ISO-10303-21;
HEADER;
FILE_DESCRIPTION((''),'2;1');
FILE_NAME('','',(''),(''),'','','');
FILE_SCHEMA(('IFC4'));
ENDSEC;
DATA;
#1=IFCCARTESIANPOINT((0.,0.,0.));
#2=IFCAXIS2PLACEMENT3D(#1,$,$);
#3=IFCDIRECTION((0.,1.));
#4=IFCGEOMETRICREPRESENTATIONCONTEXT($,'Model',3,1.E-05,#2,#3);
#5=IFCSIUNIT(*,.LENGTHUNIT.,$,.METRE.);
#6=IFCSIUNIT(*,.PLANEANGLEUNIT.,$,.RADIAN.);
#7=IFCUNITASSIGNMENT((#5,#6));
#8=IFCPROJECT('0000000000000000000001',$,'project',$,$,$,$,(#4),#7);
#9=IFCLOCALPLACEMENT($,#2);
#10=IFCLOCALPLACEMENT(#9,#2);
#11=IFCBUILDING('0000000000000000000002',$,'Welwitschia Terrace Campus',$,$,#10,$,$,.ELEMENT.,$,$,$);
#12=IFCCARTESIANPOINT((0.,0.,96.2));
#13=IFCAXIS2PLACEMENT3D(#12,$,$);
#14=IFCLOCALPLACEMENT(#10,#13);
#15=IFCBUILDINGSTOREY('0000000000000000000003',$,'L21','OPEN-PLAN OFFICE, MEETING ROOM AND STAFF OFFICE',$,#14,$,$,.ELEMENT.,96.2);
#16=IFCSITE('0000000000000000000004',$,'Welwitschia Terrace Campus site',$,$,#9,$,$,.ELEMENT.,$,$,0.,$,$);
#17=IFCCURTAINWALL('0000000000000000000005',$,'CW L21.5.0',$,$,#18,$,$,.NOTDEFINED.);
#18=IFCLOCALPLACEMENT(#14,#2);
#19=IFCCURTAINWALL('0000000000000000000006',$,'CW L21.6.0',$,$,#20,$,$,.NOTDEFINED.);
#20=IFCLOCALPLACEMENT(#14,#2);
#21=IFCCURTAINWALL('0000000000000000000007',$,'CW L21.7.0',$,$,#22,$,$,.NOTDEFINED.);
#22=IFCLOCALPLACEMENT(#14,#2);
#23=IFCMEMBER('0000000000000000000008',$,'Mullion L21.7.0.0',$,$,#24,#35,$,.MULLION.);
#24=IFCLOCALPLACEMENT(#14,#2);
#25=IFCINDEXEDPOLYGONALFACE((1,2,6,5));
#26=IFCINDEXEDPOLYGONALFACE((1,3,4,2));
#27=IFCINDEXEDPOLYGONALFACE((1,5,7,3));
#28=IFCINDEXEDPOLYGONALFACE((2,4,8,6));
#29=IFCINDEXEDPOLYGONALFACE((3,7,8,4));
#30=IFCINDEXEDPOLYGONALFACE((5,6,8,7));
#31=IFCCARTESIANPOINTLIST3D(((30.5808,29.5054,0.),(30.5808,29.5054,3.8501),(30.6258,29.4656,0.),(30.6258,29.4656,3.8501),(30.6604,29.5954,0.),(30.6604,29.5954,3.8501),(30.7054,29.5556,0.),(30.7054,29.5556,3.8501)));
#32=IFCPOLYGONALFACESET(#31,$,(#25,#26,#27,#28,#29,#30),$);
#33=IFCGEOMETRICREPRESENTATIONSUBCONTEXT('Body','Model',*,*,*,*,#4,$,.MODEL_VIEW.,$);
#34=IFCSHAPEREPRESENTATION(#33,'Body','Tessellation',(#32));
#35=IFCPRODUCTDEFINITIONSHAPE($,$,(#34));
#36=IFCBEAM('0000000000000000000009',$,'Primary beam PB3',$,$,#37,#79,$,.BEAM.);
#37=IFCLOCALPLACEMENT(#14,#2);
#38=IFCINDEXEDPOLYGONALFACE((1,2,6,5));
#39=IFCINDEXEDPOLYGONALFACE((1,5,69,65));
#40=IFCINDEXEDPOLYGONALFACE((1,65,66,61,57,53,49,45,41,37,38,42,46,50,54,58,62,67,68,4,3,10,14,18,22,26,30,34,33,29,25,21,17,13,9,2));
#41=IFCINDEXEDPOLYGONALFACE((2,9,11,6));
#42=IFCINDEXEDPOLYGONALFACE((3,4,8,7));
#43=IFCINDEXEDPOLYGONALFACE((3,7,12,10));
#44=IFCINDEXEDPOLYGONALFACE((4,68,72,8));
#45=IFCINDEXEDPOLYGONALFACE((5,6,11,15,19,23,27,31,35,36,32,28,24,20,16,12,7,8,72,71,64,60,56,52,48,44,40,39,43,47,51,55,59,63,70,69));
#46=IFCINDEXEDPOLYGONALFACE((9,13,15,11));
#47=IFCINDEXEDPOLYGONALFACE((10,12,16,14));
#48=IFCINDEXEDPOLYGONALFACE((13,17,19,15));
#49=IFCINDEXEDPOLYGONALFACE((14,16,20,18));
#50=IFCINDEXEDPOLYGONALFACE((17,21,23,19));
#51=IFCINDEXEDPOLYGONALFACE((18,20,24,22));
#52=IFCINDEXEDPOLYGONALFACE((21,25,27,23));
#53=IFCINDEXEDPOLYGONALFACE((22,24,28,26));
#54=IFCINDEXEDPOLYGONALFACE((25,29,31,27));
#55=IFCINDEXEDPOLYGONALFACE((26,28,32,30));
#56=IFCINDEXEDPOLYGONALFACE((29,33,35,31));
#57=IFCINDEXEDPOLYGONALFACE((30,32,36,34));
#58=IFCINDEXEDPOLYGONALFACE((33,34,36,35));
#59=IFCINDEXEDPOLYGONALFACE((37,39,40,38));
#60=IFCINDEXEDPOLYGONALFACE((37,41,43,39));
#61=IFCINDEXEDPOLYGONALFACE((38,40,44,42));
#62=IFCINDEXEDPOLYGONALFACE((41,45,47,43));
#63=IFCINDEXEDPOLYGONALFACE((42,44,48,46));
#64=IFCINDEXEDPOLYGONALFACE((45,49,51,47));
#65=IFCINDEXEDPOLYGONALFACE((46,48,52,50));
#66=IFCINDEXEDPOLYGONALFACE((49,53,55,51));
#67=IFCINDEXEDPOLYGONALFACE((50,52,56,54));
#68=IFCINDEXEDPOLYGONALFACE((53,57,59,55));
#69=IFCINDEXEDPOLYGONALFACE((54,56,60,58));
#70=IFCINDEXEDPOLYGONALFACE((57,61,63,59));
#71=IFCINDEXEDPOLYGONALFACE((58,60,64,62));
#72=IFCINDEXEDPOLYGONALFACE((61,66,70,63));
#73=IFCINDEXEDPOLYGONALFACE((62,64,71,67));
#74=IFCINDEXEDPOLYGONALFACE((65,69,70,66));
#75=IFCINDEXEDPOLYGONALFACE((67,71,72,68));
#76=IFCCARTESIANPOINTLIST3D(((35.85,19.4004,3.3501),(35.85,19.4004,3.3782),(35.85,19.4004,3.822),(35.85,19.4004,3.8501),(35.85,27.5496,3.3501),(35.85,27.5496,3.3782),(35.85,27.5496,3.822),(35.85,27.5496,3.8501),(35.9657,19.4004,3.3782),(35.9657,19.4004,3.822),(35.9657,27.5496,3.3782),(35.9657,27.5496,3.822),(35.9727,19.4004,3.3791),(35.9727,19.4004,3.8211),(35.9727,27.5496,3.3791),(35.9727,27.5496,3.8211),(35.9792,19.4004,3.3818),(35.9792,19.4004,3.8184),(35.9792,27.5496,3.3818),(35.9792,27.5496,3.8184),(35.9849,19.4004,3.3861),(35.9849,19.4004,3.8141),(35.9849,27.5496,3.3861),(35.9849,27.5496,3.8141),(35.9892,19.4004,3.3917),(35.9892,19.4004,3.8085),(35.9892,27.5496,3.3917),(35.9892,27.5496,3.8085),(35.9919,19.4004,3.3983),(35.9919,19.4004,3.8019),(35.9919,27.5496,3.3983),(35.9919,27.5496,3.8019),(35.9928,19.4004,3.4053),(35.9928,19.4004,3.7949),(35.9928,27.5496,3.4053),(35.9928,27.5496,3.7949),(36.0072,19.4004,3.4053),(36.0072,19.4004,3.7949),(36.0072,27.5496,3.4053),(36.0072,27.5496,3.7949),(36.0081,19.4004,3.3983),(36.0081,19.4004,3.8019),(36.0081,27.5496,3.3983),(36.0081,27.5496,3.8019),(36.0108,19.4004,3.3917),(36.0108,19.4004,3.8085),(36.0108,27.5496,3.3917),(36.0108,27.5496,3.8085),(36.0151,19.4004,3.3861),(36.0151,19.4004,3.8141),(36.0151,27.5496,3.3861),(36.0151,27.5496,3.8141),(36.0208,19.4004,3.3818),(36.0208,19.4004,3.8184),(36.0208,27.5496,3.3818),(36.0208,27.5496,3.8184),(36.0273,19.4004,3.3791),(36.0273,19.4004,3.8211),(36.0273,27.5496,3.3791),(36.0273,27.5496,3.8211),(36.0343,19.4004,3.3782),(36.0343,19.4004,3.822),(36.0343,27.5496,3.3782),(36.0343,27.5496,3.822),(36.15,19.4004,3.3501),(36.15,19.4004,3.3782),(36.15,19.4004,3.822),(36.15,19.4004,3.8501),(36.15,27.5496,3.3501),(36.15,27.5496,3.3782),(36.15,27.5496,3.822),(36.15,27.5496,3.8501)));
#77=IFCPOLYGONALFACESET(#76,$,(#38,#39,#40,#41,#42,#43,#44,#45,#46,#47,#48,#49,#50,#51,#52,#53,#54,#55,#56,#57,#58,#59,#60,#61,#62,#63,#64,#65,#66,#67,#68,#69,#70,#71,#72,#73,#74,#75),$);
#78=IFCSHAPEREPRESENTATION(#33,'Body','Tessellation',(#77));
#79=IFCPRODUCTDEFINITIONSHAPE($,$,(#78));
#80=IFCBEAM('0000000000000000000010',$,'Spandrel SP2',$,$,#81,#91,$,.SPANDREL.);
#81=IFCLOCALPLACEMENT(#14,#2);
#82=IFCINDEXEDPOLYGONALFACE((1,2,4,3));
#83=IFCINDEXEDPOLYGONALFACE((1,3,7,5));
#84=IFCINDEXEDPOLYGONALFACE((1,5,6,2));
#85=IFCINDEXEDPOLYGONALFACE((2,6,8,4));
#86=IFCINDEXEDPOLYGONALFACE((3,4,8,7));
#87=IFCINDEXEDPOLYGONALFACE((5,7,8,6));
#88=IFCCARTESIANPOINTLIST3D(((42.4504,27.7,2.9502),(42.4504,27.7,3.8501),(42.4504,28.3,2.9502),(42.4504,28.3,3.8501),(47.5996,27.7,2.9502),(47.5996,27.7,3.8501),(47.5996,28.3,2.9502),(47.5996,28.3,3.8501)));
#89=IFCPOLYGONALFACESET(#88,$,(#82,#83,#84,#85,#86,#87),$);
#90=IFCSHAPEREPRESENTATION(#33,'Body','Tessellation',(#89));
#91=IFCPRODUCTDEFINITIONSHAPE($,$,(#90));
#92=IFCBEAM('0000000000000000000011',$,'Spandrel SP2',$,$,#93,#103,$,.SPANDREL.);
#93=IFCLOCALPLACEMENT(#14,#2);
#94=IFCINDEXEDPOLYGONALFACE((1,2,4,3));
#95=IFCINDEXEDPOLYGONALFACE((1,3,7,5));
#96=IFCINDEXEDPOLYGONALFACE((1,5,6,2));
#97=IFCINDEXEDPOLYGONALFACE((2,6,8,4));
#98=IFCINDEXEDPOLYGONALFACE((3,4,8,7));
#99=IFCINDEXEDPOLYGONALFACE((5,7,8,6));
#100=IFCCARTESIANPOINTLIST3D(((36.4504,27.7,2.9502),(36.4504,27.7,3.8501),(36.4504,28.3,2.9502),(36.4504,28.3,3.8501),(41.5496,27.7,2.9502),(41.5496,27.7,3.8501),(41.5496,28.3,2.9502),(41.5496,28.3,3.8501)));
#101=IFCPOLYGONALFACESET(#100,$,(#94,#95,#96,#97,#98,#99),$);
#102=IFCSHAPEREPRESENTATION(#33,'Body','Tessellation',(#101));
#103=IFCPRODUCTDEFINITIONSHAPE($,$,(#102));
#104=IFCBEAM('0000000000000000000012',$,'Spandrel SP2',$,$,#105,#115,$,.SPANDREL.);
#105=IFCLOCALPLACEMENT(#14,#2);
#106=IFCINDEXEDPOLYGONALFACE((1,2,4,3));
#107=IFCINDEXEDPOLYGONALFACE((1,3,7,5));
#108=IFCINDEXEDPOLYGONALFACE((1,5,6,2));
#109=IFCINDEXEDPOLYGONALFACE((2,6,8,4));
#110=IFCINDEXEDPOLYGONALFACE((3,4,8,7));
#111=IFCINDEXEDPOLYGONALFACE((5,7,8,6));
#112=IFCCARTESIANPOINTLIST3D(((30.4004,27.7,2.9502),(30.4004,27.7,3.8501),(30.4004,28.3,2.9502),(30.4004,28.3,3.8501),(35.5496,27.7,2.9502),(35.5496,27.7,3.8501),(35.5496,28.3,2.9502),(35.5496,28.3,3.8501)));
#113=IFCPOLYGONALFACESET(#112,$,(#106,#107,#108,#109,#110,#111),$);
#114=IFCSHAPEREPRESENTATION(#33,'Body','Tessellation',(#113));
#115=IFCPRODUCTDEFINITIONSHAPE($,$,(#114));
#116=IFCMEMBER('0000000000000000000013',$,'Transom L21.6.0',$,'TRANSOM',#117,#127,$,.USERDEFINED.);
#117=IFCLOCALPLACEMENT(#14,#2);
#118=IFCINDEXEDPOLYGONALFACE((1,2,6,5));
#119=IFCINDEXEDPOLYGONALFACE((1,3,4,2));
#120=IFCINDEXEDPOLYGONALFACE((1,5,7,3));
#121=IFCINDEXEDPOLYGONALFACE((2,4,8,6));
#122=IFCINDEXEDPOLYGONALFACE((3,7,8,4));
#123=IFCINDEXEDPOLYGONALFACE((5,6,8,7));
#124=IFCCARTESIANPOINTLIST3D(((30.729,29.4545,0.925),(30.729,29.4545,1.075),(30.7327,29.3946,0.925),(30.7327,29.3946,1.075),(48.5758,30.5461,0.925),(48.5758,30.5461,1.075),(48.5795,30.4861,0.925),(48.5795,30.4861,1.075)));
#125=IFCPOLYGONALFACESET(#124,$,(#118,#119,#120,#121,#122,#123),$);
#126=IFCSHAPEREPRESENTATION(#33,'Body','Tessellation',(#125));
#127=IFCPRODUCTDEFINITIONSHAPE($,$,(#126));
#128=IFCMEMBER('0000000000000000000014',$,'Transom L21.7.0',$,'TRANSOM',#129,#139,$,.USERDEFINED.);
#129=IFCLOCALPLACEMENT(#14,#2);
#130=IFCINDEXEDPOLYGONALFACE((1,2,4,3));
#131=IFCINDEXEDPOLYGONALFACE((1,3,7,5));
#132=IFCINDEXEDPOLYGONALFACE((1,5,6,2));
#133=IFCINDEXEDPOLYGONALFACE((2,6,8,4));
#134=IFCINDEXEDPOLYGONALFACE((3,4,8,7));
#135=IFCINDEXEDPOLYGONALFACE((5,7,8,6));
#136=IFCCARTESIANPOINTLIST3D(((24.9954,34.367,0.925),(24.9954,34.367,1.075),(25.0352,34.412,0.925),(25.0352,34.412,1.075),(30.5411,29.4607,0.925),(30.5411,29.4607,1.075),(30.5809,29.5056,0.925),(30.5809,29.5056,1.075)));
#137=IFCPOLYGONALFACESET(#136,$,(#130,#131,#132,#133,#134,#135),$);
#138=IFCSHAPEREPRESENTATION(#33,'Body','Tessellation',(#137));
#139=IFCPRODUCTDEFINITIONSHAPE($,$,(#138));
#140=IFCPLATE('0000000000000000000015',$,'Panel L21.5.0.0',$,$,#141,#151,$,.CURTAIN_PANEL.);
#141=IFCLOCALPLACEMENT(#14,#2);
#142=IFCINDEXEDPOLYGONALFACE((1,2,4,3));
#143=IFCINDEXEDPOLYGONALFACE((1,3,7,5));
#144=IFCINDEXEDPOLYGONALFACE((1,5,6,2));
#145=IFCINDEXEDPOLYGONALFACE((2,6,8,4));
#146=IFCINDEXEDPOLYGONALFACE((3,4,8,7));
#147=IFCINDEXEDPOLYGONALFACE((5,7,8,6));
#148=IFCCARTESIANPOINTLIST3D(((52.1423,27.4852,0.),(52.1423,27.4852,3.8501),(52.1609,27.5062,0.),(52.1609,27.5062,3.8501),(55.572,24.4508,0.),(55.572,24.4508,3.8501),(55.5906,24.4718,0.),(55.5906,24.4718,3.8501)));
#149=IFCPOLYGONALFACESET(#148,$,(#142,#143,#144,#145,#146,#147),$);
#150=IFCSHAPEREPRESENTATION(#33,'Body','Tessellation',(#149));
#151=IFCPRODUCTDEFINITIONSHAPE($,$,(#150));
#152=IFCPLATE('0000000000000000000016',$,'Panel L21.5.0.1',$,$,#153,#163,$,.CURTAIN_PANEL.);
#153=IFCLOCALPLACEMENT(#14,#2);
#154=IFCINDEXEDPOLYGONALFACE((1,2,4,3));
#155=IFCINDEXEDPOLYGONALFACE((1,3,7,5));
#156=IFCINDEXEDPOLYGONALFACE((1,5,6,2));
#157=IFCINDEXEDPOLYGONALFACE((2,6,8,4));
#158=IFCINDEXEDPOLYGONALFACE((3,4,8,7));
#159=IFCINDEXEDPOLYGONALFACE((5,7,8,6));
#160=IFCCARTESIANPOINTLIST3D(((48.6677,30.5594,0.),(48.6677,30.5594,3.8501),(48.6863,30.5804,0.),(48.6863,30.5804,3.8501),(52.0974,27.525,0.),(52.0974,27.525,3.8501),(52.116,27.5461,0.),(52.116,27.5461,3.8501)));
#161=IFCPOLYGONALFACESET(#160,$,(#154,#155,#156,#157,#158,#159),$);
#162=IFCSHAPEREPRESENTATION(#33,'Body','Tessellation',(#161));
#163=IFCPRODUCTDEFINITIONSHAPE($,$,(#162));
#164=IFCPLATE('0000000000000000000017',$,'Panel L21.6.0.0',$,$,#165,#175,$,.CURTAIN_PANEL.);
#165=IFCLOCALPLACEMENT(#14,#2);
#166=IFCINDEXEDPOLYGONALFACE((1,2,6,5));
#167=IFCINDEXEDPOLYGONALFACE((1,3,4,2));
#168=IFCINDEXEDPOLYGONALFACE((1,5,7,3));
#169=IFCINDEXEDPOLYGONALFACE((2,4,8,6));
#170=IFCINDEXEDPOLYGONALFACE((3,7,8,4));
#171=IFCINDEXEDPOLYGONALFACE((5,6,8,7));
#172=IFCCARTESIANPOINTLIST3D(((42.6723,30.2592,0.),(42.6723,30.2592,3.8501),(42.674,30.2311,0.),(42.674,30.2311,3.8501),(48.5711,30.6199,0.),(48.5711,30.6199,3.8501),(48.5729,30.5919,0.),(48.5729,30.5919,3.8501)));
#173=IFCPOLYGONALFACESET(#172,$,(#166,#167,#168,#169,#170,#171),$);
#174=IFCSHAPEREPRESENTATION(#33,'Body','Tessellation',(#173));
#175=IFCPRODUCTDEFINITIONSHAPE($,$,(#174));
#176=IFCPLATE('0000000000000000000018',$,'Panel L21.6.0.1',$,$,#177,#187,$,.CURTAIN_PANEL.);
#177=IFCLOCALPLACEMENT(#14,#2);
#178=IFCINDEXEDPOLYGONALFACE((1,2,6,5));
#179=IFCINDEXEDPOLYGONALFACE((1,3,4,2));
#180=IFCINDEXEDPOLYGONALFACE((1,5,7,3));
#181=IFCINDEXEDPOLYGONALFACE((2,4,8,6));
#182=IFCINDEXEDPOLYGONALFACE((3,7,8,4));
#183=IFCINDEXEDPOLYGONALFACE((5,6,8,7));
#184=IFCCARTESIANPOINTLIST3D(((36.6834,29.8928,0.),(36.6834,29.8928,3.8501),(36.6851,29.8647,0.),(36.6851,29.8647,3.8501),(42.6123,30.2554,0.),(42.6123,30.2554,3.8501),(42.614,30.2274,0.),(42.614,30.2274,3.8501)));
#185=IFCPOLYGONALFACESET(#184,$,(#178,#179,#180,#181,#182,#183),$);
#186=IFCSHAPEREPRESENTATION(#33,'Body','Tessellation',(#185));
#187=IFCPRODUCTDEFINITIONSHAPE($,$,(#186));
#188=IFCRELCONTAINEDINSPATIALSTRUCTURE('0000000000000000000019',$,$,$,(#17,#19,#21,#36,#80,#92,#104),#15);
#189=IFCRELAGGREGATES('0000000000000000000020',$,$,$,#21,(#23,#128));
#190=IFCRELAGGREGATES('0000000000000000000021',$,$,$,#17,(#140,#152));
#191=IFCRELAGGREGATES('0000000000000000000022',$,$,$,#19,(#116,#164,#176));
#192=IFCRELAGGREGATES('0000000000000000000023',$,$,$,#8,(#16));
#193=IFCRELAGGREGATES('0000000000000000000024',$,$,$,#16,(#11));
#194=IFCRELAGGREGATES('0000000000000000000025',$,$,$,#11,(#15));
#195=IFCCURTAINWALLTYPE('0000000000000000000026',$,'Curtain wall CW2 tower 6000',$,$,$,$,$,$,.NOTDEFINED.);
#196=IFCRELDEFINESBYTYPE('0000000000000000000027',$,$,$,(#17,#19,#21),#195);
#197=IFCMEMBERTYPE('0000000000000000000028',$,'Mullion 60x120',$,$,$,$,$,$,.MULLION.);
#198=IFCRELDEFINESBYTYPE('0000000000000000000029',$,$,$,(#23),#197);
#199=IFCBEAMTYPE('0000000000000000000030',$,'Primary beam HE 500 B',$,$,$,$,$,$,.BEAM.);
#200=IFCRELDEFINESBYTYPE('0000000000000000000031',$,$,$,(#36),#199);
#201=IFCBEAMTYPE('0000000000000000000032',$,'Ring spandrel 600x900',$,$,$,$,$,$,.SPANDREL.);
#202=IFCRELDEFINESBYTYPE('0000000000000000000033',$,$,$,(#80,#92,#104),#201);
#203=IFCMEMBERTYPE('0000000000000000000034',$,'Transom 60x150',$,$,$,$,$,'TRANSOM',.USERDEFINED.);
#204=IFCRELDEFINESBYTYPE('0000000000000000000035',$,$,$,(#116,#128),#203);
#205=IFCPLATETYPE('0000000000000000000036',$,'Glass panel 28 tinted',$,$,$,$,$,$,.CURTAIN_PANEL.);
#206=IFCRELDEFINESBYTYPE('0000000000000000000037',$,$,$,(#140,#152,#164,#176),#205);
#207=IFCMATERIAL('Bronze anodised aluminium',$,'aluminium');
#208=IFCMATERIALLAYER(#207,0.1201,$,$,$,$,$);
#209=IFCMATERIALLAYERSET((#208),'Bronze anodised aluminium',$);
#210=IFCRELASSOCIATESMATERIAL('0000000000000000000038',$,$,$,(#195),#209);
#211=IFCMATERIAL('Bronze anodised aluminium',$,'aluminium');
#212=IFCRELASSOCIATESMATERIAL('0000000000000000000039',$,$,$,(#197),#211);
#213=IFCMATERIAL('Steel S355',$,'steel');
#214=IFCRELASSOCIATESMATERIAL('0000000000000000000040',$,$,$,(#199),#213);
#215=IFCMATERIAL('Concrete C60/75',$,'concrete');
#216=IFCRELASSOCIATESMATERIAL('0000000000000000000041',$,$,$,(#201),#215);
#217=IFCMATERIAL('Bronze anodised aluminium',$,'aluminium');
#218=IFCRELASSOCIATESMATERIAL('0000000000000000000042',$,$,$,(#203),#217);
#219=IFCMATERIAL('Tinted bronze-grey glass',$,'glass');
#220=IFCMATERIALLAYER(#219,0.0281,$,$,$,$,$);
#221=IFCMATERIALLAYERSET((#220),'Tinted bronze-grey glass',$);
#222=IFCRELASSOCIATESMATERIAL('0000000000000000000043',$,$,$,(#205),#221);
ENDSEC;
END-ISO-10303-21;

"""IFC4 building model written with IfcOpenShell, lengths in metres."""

from ifc_helpers import new_model, si_unit, direction, frame, origin, origin_2d, place, context, subcontext, project, spatial, rectangle, i_section, extrude, material, layer, layer_set, material_profile, profile_set, type_object, element, aggregate, save


model = new_model("IFC4")

# Units and contexts
model_context = context("Model", 3, precision=1e-05, world=origin(), true_north=direction((0.0, 1.0)))
body_context = subcontext(model_context, "Body", "Model", "MODEL_VIEW")
ifc_project = project(units=[si_unit("LENGTHUNIT", "METRE"), si_unit("PLANEANGLEUNIT", "RADIAN")], contexts=[model_context])

# Site, building, storey
site_placement = place(None, origin())
site = spatial("IfcSite", under=ifc_project, at=site_placement, Name="Welwitschia Terrace Campus site", CompositionType="ELEMENT", RefElevation=0.0)
building_placement = place(site_placement, origin())
building = spatial("IfcBuilding", under=site, at=building_placement, Name="Welwitschia Terrace Campus", CompositionType="ELEMENT")
storey_placement = place(building_placement, frame((0.0, 0.0, 96.2)))
storey = spatial("IfcBuildingStorey", under=building, at=storey_placement, Name="L21", Description="OPEN-PLAN OFFICE, MEETING ROOM AND STAFF OFFICE", CompositionType="ELEMENT", Elevation=96.2)

# Curtain walls
ifc_material_1 = material(Name="Bronze anodised aluminium", Category="aluminium")
ifc_layer_1 = layer(ifc_material_1, 0.1201)
ifc_layer_set_1 = layer_set([ifc_layer_1], Name="Bronze anodised aluminium")
curtain_wall_type = type_object("IfcCurtainWallType", Name="Curtain wall CW2 tower 6000", PredefinedType="NOTDEFINED", material=ifc_layer_set_1)
curtain_wall_1_placement = place(storey_placement, origin())
curtain_wall_1 = element("IfcCurtainWall", 1, at=curtain_wall_1_placement, inside=storey, type_object=curtain_wall_type, Name="CW L21.5.0", PredefinedType="NOTDEFINED")
ifc_material_2 = material(Name="Bronze anodised aluminium", Category="aluminium")
ifc_material_profile_1 = material_profile(ifc_material_2, rectangle(XDim=0.1201, YDim=0.0601, at=origin_2d()))
ifc_profile_set_1 = profile_set([ifc_material_profile_1], Name="Bronze anodised aluminium")
member_type_1 = type_object("IfcMemberType", Name="Mullion 60x120", PredefinedType="MULLION", material=ifc_profile_set_1)
curtain_wall_2_placement = place(storey_placement, origin())
curtain_wall_2 = element("IfcCurtainWall", 2, at=curtain_wall_2_placement, inside=storey, type_object=curtain_wall_type, Name="CW L21.6.0", PredefinedType="NOTDEFINED")

# Curtain wall, member
curtain_wall_3_placement = place(storey_placement, origin())
curtain_wall_3 = element("IfcCurtainWall", 3, at=curtain_wall_3_placement, inside=storey, type_object=curtain_wall_type, Name="CW L21.7.0", PredefinedType="NOTDEFINED")
member_1_placement = place(storey_placement, frame((30.6431, 29.5305, 0.0), z_axis=(0.0, 0.0, 1.0), x_axis=(-0.66262, -0.748956, 0.0)))
member_1 = element("IfcMember", 4, at=member_1_placement, type_object=member_type_1, Name="Mullion L21.7.0.0", PredefinedType="MULLION", context=body_context, shape_type="SweptSolid", body=[
    extrude(rectangle(XDim=0.1201, YDim=0.0601, at=origin_2d()), origin(), (0.0, 0.0, 1.0), 3.8501),
])

# Beams
ifc_material_3 = material(Name="Steel S355", Category="steel")
ifc_material_profile_2 = material_profile(ifc_material_3, i_section(OverallWidth=0.3, OverallDepth=0.5, WebThickness=0.0144, FlangeThickness=0.0281, FilletRadius=0.0271, at=origin_2d()))
ifc_profile_set_2 = profile_set([ifc_material_profile_2], Name="Steel S355")
beam_type_1 = type_object("IfcBeamType", Name="Primary beam HE 500 B", PredefinedType="BEAM", material=ifc_profile_set_2)
beam_1_placement = place(storey_placement, frame((36.0, 27.5496, 3.6001), z_axis=(0.0, -1.0, 0.0), x_axis=(1.0, 0.0, 0.0)))
element("IfcBeam", 5, at=beam_1_placement, inside=storey, type_object=beam_type_1, Name="Primary beam PB3", PredefinedType="BEAM", context=body_context, shape_type="SweptSolid", body=[
    extrude(i_section(OverallWidth=0.3, OverallDepth=0.5, WebThickness=0.0144, FlangeThickness=0.0281, FilletRadius=0.0271, at=origin_2d()), origin(), (0.0, 0.0, 1.0), 8.1492),
])
ifc_material_4 = material(Name="Concrete C60/75", Category="concrete")
ifc_material_profile_3 = material_profile(ifc_material_4, rectangle(XDim=0.6001, YDim=0.8999, at=origin_2d()))
ifc_profile_set_3 = profile_set([ifc_material_profile_3], Name="Concrete C60/75")
beam_type_2 = type_object("IfcBeamType", Name="Ring spandrel 600x900", PredefinedType="SPANDREL", material=ifc_profile_set_3)
beam_2_placement = place(storey_placement, frame((47.5996, 28.0, 3.4001), z_axis=(-1.0, 0.0, 0.0), x_axis=(0.0, -1.0, 0.0)))
element("IfcBeam", 6, at=beam_2_placement, inside=storey, type_object=beam_type_2, Name="Spandrel SP2", PredefinedType="SPANDREL", context=body_context, shape_type="SweptSolid", body=[
    extrude(rectangle(XDim=0.6001, YDim=0.8999, at=origin_2d()), origin(), (0.0, 0.0, 1.0), 5.1492),
])
beam_3_placement = place(storey_placement, frame((41.5496, 28.0, 3.4001), z_axis=(-1.0, 0.0, 0.0), x_axis=(0.0, -1.0, 0.0)))
element("IfcBeam", 7, at=beam_3_placement, inside=storey, type_object=beam_type_2, Name="Spandrel SP2", PredefinedType="SPANDREL", context=body_context, shape_type="SweptSolid", body=[
    extrude(rectangle(XDim=0.6001, YDim=0.8999, at=origin_2d()), origin(), (0.0, 0.0, 1.0), 5.0991),
])
beam_4_placement = place(storey_placement, frame((35.5496, 28.0, 3.4001), z_axis=(-1.0, 0.0, 0.0), x_axis=(0.0, -1.0, 0.0)))
element("IfcBeam", 8, at=beam_4_placement, inside=storey, type_object=beam_type_2, Name="Spandrel SP2", PredefinedType="SPANDREL", context=body_context, shape_type="SweptSolid", body=[
    extrude(rectangle(XDim=0.6001, YDim=0.8999, at=origin_2d()), origin(), (0.0, 0.0, 1.0), 5.1492),
])

# Members
ifc_material_5 = material(Name="Bronze anodised aluminium", Category="aluminium")
ifc_material_profile_4 = material_profile(ifc_material_5, rectangle(XDim=0.0601, YDim=0.1499, at=origin_2d()))
ifc_profile_set_4 = profile_set([ifc_material_profile_4], Name="Bronze anodised aluminium")
member_type_2 = type_object("IfcMemberType", Name="Transom 60x150", ElementType="TRANSOM", PredefinedType="USERDEFINED", material=ifc_profile_set_4)
member_2_placement = place(storey_placement, frame((48.5776, 30.5161, 1.0), z_axis=(-0.998135, -0.061049, 0.0), x_axis=(0.061049, -0.998135, 0.0)))
member_2 = element("IfcMember", 9, at=member_2_placement, type_object=member_type_2, Name="Transom L21.6.0", ObjectType="TRANSOM", PredefinedType="USERDEFINED", context=body_context, shape_type="SweptSolid", body=[
    extrude(rectangle(XDim=0.0601, YDim=0.1499, at=origin_2d()), origin(), (0.0, 0.0, 1.0), 17.8801),
])
member_3_placement = place(storey_placement, frame((30.561, 29.4832, 1.0), z_axis=(-0.748964, 0.66261, 0.0), x_axis=(-0.66261, -0.748964, 0.0)))
member_3 = element("IfcMember", 10, at=member_3_placement, type_object=member_type_2, Name="Transom L21.7.0", ObjectType="TRANSOM", PredefinedType="USERDEFINED", context=body_context, shape_type="SweptSolid", body=[
    extrude(rectangle(XDim=0.0601, YDim=0.1499, at=origin_2d()), origin(), (0.0, 0.0, 1.0), 7.4045),
])
aggregate(curtain_wall_3, [member_1, member_3])

# Plates
ifc_material_6 = material(Name="Tinted bronze-grey glass", Category="glass")
ifc_layer_2 = layer(ifc_material_6, 0.0281)
ifc_layer_set_2 = layer_set([ifc_layer_2], Name="Tinted bronze-grey glass")
plate_type = type_object("IfcPlateType", Name="Glass panel 28 tinted", PredefinedType="CURTAIN_PANEL", material=ifc_layer_set_2)
plate_1_placement = place(storey_placement, frame((53.8665, 25.9785, 0.0), z_axis=(0.0, 0.0, 1.0), x_axis=(-0.748956, 0.66262, 0.0)))
plate_1 = element("IfcPlate", 11, at=plate_1_placement, type_object=plate_type, Name="Panel L21.5.0.0", PredefinedType="CURTAIN_PANEL", context=body_context, shape_type="SweptSolid", body=[
    extrude(rectangle(XDim=4.5793, YDim=0.0281, at=origin_2d()), origin(), (0.0, 0.0, 1.0), 3.8501),
])
plate_2_placement = place(storey_placement, frame((50.3918, 29.0527, 0.0), z_axis=(0.0, 0.0, 1.0), x_axis=(-0.748956, 0.66262, 0.0)))
plate_2 = element("IfcPlate", 12, at=plate_2_placement, type_object=plate_type, Name="Panel L21.5.0.1", PredefinedType="CURTAIN_PANEL", context=body_context, shape_type="SweptSolid", body=[
    extrude(rectangle(XDim=4.5793, YDim=0.0281, at=origin_2d()), origin(), (0.0, 0.0, 1.0), 3.8501),
])
aggregate(curtain_wall_1, [plate_1, plate_2])
plate_3_placement = place(storey_placement, frame((45.6226, 30.4255, 0.0), z_axis=(0.0, 0.0, 1.0), x_axis=(-0.998135, -0.061049, 0.0)))
plate_3 = element("IfcPlate", 13, at=plate_3_placement, type_object=plate_type, Name="Panel L21.6.0.0", PredefinedType="CURTAIN_PANEL", context=body_context, shape_type="SweptSolid", body=[
    extrude(rectangle(XDim=5.9099, YDim=0.0281, at=origin_2d()), origin(), (0.0, 0.0, 1.0), 3.8501),
])
plate_4_placement = place(storey_placement, frame((39.6487, 30.0601, 0.0), z_axis=(0.0, 0.0, 1.0), x_axis=(-0.998135, -0.061049, 0.0)))
plate_4 = element("IfcPlate", 14, at=plate_4_placement, type_object=plate_type, Name="Panel L21.6.0.1", PredefinedType="CURTAIN_PANEL", context=body_context, shape_type="SweptSolid", body=[
    extrude(rectangle(XDim=5.9399, YDim=0.0281, at=origin_2d()), origin(), (0.0, 0.0, 1.0), 3.8501),
])
aggregate(curtain_wall_2, [member_2, plate_3, plate_4])

save(model, "model.ifc")
